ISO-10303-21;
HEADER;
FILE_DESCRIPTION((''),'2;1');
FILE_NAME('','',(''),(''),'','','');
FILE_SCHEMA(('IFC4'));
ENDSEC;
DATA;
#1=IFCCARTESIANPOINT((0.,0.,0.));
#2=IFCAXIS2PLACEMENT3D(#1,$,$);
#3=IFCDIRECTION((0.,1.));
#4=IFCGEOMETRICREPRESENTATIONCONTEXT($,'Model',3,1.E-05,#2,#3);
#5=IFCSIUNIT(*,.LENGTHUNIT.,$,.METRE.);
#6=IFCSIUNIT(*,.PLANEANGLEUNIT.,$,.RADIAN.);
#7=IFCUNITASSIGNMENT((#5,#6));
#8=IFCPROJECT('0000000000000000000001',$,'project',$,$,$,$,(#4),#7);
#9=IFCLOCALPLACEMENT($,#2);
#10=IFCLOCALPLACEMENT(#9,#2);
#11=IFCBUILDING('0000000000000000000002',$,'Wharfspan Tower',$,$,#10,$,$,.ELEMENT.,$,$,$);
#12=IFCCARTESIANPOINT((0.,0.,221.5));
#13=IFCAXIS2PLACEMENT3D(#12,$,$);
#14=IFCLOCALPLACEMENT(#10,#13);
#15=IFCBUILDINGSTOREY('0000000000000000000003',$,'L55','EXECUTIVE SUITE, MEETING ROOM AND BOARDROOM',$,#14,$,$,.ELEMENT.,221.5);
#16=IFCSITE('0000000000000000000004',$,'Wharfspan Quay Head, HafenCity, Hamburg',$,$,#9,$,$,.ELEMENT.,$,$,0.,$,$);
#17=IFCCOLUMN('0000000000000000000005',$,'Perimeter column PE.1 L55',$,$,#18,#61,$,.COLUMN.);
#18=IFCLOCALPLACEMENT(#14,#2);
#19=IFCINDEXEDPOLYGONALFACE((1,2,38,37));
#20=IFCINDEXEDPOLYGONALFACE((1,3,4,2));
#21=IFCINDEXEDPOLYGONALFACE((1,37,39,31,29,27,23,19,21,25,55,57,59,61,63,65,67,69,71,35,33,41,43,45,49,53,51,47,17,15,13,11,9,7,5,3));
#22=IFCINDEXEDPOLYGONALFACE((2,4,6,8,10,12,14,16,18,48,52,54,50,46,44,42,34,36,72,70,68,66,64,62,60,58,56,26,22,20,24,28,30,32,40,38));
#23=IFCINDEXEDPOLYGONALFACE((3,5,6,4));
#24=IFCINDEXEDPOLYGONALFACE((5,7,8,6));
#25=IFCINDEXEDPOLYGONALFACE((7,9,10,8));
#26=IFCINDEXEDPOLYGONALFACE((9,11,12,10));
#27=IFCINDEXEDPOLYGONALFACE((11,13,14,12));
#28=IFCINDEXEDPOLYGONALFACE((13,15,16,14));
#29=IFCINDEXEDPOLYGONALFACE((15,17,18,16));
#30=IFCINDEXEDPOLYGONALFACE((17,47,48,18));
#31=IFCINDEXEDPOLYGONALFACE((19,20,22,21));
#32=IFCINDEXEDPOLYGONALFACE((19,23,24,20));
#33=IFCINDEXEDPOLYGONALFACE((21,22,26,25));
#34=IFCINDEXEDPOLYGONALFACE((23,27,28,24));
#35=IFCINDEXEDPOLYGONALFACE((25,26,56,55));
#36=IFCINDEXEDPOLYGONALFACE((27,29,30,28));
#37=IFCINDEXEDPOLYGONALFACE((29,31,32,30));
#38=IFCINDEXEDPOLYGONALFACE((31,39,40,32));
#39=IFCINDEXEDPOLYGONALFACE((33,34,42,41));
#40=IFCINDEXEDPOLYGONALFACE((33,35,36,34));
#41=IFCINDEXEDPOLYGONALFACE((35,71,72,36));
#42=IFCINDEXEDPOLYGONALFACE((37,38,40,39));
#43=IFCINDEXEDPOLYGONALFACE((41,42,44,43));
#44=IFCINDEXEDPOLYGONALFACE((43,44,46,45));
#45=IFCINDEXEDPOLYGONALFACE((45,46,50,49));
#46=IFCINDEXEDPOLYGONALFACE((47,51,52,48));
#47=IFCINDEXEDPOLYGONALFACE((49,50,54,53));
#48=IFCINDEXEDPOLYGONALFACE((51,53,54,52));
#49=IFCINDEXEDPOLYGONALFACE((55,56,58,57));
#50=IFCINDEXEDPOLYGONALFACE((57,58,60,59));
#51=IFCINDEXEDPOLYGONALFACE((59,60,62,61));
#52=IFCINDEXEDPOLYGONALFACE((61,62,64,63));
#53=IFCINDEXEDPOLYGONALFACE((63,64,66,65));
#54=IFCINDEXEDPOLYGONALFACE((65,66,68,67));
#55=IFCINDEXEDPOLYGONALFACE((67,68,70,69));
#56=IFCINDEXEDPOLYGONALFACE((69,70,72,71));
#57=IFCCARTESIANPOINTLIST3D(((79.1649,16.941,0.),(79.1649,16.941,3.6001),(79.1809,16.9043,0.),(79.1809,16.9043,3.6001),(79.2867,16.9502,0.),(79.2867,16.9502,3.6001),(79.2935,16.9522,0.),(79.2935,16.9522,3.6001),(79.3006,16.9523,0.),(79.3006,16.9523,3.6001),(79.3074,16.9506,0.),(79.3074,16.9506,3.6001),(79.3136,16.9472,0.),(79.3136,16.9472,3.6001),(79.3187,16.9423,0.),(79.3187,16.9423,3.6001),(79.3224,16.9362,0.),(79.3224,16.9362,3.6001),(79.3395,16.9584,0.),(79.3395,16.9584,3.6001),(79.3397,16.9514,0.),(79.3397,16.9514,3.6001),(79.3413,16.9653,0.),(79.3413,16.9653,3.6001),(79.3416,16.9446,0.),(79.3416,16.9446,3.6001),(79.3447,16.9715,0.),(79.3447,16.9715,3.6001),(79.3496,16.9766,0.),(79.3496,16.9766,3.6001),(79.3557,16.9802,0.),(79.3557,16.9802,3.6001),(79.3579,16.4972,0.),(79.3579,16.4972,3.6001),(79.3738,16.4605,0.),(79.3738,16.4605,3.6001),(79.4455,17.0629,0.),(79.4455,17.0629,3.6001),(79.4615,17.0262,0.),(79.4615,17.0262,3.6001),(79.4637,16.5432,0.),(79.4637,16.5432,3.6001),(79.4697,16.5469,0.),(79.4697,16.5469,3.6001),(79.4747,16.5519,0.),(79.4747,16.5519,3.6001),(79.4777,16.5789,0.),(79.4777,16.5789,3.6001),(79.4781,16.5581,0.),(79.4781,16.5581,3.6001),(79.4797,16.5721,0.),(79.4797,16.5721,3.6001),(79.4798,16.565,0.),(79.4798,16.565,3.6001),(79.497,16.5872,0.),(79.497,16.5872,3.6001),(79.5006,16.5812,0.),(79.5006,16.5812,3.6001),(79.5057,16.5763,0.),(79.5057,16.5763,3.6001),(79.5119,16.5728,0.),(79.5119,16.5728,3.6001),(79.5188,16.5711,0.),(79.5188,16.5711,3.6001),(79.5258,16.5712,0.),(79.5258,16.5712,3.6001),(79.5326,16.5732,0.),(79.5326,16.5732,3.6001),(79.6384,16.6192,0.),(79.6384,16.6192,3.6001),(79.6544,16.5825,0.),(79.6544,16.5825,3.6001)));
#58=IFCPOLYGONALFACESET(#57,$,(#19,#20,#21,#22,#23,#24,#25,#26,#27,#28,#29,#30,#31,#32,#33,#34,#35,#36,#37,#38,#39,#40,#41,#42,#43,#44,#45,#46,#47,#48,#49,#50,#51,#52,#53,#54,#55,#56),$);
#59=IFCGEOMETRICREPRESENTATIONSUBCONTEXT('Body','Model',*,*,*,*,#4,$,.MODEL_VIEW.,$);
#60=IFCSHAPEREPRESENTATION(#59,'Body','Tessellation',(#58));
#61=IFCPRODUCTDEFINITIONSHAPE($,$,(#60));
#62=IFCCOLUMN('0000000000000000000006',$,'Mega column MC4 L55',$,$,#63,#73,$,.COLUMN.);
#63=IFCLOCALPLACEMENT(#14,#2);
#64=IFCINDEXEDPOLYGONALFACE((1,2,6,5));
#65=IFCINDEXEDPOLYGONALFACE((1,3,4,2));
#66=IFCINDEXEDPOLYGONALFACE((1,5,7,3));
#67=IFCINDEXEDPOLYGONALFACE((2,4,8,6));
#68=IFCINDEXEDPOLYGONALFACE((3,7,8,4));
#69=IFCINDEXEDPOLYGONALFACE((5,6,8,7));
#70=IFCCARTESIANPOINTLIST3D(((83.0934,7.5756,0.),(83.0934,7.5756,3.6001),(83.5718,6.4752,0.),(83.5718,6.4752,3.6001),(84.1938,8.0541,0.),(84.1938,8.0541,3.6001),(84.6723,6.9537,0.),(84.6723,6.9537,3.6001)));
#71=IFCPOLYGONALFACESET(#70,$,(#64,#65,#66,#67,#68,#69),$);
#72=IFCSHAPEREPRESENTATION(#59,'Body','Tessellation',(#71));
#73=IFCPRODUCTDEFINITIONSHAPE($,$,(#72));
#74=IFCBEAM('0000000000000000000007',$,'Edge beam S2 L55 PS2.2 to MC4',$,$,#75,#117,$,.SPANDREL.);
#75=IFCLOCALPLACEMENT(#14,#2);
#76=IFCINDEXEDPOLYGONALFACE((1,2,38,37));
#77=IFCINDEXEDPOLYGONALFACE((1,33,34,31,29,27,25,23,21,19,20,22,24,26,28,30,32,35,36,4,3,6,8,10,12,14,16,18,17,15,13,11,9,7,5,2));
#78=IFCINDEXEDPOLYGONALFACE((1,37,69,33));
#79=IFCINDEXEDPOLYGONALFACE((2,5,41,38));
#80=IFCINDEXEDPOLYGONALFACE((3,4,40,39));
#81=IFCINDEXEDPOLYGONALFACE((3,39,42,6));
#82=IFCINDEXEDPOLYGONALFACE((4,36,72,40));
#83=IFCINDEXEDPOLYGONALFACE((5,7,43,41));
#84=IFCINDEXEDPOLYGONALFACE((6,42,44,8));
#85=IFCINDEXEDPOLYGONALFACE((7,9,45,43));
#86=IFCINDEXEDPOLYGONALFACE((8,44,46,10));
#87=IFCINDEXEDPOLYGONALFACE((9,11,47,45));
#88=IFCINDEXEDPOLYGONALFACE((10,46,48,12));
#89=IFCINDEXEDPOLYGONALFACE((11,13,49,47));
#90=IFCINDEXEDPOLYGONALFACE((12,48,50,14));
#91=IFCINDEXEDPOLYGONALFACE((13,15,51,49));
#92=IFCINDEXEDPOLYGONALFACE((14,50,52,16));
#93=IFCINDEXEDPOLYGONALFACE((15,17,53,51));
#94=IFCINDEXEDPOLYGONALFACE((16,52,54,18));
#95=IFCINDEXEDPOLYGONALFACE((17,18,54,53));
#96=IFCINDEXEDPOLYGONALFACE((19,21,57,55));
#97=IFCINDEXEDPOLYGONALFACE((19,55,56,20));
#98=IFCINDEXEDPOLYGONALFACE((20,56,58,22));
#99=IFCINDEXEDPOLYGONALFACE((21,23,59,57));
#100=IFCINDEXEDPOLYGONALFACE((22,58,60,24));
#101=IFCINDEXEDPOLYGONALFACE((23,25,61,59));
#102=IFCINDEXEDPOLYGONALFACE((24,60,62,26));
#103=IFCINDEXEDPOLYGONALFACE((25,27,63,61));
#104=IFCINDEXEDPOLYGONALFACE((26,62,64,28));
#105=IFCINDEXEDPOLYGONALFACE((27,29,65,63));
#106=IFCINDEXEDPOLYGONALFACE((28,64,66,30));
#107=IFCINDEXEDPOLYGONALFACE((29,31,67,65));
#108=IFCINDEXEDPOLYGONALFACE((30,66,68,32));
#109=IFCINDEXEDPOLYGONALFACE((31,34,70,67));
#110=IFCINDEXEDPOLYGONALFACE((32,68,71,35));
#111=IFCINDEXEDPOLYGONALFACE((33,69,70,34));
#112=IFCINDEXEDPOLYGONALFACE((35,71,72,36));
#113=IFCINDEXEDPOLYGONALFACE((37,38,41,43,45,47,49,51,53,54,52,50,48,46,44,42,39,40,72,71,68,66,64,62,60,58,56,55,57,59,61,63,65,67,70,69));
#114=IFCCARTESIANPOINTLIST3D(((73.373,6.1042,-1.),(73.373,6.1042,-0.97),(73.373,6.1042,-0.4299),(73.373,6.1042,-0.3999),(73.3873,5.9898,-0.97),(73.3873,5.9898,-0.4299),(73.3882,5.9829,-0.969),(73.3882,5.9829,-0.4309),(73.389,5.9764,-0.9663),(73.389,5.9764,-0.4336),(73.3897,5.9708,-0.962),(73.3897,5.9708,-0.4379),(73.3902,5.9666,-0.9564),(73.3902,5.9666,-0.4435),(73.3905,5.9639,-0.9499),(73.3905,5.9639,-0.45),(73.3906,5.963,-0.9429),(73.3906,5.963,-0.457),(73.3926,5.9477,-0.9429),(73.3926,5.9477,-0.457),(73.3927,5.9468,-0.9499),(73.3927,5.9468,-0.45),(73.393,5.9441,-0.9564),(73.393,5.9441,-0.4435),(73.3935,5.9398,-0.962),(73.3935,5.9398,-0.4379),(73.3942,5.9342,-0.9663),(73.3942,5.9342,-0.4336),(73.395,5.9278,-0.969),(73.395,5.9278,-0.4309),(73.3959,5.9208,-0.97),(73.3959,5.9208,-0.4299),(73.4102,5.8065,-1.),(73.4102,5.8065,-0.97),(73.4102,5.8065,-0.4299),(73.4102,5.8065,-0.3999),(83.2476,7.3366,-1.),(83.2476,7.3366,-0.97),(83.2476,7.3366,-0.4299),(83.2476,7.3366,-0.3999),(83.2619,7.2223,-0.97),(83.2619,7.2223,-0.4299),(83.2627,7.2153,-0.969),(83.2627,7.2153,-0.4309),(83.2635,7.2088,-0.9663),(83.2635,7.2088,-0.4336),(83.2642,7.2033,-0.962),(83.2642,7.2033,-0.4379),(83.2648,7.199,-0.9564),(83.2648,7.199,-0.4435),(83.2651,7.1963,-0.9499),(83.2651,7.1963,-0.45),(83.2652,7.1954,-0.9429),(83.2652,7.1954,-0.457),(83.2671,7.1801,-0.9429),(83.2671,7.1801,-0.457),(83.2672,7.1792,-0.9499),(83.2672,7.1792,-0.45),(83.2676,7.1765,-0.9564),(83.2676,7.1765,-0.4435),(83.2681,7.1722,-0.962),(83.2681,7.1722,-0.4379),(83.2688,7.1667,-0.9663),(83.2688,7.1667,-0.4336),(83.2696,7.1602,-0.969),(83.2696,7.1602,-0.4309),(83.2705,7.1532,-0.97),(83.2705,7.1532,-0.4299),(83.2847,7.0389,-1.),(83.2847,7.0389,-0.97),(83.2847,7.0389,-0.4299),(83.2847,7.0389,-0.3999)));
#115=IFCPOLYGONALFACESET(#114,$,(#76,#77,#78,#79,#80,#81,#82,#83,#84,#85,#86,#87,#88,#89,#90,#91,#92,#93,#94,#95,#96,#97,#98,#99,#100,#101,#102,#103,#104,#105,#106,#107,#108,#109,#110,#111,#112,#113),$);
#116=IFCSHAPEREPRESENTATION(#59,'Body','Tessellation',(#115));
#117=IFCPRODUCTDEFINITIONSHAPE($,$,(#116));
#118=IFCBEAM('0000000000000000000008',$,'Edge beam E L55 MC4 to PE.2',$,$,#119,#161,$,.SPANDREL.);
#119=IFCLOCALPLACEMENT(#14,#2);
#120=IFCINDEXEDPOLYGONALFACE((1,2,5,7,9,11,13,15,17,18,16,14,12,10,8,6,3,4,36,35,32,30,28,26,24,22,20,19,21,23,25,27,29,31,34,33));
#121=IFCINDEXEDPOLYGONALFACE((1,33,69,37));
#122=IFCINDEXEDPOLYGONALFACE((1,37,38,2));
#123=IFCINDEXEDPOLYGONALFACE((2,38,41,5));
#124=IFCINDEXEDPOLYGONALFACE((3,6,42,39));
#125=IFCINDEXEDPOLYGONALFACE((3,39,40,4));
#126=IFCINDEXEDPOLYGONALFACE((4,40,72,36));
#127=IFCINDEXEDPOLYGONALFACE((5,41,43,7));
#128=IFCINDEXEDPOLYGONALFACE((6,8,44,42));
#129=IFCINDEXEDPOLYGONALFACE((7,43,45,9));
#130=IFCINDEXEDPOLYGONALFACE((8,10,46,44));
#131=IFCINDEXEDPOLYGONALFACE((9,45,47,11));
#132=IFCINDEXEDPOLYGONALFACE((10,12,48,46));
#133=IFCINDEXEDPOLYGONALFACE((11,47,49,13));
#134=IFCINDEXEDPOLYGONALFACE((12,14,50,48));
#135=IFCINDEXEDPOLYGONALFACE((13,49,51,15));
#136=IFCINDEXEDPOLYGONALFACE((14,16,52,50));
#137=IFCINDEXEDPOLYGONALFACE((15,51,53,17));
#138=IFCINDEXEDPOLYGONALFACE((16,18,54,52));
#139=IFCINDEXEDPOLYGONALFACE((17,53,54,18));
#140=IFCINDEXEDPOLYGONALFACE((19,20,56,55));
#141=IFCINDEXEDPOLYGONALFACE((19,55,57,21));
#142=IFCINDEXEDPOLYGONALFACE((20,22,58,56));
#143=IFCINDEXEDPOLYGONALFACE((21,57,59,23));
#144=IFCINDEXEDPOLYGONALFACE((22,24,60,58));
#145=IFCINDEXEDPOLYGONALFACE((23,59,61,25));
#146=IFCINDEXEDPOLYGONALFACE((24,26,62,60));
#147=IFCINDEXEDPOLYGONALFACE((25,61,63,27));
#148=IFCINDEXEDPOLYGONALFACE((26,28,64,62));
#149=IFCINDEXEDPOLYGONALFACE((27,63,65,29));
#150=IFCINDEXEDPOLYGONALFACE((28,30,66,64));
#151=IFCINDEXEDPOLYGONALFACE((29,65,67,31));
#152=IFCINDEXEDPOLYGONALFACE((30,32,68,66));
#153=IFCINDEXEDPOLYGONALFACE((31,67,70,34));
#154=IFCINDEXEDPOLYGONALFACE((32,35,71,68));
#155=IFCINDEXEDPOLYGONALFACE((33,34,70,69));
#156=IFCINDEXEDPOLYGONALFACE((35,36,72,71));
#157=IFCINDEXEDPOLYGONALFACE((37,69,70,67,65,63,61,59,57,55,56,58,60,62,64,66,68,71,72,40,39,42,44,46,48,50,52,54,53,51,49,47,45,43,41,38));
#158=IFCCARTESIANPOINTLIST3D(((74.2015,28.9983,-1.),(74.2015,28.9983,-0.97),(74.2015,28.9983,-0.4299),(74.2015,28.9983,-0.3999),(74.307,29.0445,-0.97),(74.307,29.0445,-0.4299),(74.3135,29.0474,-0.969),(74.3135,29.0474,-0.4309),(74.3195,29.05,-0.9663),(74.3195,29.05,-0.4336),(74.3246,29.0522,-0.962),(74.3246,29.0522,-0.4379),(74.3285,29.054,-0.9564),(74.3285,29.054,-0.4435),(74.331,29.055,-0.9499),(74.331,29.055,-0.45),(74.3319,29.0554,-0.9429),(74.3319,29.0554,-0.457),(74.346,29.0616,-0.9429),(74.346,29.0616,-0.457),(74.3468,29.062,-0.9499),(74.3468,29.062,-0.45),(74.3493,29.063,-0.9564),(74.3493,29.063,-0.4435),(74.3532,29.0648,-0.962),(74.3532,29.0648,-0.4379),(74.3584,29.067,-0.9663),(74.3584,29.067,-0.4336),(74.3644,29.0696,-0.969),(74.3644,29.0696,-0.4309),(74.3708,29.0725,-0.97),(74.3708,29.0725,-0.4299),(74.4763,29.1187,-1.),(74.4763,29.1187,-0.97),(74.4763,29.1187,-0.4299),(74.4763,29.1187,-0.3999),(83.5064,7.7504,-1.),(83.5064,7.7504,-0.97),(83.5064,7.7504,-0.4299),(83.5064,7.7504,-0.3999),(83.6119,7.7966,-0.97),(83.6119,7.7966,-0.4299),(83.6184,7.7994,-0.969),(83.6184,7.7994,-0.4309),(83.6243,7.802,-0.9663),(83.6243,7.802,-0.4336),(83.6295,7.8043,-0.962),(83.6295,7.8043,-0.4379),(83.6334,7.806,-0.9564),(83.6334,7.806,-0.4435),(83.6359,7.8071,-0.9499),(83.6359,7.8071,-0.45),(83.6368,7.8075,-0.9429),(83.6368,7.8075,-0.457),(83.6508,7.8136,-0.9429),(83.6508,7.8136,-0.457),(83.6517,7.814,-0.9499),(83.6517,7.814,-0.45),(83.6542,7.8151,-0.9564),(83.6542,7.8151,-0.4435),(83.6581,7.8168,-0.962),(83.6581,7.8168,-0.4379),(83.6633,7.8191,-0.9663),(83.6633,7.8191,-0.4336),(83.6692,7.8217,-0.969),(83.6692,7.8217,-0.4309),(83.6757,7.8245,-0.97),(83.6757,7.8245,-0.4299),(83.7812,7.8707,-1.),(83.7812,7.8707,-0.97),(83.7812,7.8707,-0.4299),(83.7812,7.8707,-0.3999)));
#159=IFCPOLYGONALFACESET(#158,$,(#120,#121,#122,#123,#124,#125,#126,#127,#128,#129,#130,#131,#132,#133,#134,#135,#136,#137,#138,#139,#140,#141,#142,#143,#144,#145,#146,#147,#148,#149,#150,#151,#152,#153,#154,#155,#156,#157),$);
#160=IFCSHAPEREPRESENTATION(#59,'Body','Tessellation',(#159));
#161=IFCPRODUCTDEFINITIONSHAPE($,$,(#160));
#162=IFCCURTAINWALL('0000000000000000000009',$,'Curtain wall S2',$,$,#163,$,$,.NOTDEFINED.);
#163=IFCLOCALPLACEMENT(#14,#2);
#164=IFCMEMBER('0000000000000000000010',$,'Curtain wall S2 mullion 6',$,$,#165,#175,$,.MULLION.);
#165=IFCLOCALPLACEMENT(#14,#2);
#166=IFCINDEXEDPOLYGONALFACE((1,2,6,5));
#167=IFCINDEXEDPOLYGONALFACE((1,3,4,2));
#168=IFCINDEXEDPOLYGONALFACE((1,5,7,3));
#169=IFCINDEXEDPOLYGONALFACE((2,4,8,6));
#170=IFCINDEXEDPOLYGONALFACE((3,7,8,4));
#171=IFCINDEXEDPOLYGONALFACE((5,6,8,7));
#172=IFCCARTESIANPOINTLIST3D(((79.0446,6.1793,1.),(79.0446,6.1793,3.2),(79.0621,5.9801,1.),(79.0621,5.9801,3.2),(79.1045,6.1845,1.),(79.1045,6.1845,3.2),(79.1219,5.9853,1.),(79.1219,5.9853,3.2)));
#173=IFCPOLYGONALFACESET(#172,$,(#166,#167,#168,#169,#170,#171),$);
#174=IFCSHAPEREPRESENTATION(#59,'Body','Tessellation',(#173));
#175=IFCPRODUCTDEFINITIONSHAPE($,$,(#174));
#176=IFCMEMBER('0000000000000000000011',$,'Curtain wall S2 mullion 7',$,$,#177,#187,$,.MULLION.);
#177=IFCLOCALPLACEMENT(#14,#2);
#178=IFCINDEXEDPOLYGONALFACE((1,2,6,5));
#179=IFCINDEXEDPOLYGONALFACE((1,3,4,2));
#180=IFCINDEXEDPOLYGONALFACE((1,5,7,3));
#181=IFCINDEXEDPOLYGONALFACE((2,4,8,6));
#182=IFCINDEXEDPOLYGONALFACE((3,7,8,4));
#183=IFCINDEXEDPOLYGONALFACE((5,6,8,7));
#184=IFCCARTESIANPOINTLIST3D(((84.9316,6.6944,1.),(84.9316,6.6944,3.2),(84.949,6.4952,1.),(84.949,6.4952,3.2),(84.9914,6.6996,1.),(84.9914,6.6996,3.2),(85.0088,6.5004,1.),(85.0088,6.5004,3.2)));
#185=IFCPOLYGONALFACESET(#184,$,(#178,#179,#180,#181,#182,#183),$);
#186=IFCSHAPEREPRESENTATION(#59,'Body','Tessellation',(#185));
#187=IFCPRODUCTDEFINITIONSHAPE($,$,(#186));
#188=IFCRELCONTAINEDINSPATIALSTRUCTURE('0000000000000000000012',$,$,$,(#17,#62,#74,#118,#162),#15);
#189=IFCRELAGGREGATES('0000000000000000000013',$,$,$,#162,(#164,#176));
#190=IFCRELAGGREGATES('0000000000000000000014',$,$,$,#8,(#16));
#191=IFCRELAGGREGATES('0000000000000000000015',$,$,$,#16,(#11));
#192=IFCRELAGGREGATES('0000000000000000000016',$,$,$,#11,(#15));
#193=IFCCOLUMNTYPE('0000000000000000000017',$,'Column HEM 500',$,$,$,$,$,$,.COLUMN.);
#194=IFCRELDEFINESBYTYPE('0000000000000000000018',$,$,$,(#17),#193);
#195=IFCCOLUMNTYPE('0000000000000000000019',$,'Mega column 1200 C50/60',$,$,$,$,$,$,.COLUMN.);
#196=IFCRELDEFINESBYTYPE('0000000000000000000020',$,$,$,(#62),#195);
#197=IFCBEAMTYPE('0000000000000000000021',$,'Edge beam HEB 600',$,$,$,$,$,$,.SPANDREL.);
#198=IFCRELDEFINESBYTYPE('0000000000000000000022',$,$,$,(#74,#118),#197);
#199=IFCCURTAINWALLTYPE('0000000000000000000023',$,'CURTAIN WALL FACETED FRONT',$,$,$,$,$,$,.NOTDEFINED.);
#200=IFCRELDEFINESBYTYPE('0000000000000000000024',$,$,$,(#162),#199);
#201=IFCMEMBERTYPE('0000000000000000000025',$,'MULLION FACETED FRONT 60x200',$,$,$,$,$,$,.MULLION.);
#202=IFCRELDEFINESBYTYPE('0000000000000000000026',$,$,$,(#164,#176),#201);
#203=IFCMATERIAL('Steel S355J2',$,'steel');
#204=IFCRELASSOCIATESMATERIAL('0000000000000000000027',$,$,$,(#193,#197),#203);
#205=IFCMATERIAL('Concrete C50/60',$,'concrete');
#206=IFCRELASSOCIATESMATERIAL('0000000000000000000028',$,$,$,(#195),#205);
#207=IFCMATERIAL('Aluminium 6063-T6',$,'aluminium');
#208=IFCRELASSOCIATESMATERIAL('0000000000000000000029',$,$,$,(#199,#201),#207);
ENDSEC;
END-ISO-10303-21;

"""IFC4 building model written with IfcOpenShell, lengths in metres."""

from ifc_helpers import new_model, si_unit, direction, frame, origin, origin_2d, place, context, subcontext, project, spatial, rectangle, i_section, extrude, material, material_profile, profile_set, type_object, element, aggregate, save


model = new_model("IFC4")

# Units and contexts
model_context = context("Model", 3, precision=1e-05, world=origin(), true_north=direction((0.0, 1.0)))
body_context = subcontext(model_context, "Body", "Model", "MODEL_VIEW")
ifc_project = project(units=[si_unit("LENGTHUNIT", "METRE"), si_unit("PLANEANGLEUNIT", "RADIAN")], contexts=[model_context])

# Site, building, storey
site_placement = place(None, origin())
site = spatial("IfcSite", under=ifc_project, at=site_placement, Name="Wharfspan Quay Head, HafenCity, Hamburg", CompositionType="ELEMENT", RefElevation=0.0)
building_placement = place(site_placement, origin())
building = spatial("IfcBuilding", under=site, at=building_placement, Name="Wharfspan Tower", CompositionType="ELEMENT")
storey_placement = place(building_placement, frame((0.0, 0.0, 221.5)))
storey = spatial("IfcBuildingStorey", under=building, at=storey_placement, Name="L55", Description="EXECUTIVE SUITE, MEETING ROOM AND BOARDROOM", CompositionType="ELEMENT", Elevation=221.5)

# Columns
ifc_material_1 = material(Name="Steel S355J2", Category="steel")
ifc_material_profile_1 = material_profile(ifc_material_1, i_section(OverallWidth=0.3059, OverallDepth=0.5239, WebThickness=0.021, FlangeThickness=0.04, FilletRadius=0.0271, at=origin_2d()))
ifc_profile_set_1 = profile_set([ifc_material_profile_1], Name="Steel S355J2")
column_type_1 = type_object("IfcColumnType", Name="Column HEM 500", PredefinedType="COLUMN", material=ifc_profile_set_1)
column_1_placement = place(storey_placement, frame((79.4097, 16.7617, 0.0), z_axis=(0.0, 0.0, 1.0), x_axis=(0.917072, 0.398727, 0.0)))
element("IfcColumn", 1, at=column_1_placement, inside=storey, type_object=column_type_1, Name="Perimeter column PE.1 L55", PredefinedType="COLUMN", context=body_context, shape_type="SweptSolid", body=[
    extrude(i_section(OverallWidth=0.3059, OverallDepth=0.5239, WebThickness=0.021, FlangeThickness=0.04, FilletRadius=0.0271, at=origin_2d()), origin(), (0.0, 0.0, 1.0), 3.6001),
])
ifc_material_2 = material(Name="Concrete C50/60", Category="concrete")
ifc_material_profile_2 = material_profile(ifc_material_2, rectangle(XDim=1.2, YDim=1.2, at=origin_2d()))
ifc_profile_set_2 = profile_set([ifc_material_profile_2], Name="Concrete C50/60")
column_type_2 = type_object("IfcColumnType", Name="Mega column 1200 C50/60", PredefinedType="COLUMN", material=ifc_profile_set_2)
column_2_placement = place(storey_placement, frame((83.8828, 7.2646, 0.0), z_axis=(0.0, 0.0, 1.0), x_axis=(-0.398727, 0.917072, 0.0)))
element("IfcColumn", 2, at=column_2_placement, inside=storey, type_object=column_type_2, Name="Mega column MC4 L55", PredefinedType="COLUMN", context=body_context, shape_type="SweptSolid", body=[
    extrude(rectangle(XDim=1.2, YDim=1.2, at=origin_2d()), origin(), (0.0, 0.0, 1.0), 3.6001),
])

# Beams
ifc_material_profile_3 = material_profile(ifc_material_1, i_section(OverallWidth=0.3, OverallDepth=0.6001, WebThickness=0.0154, FlangeThickness=0.03, FilletRadius=0.0271, at=origin_2d()))
ifc_profile_set_3 = profile_set([ifc_material_profile_3], Name="Steel S355J2")
beam_type = type_object("IfcBeamType", Name="Edge beam HEB 600", PredefinedType="SPANDREL", material=ifc_profile_set_3)
beam_1_placement = place(storey_placement, frame((73.3916, 5.9553, -0.7), z_axis=(0.992301, 0.123848, 0.0), x_axis=(-0.123848, 0.992301, 0.0)))
element("IfcBeam", 3, at=beam_1_placement, inside=storey, type_object=beam_type, Name="Edge beam S2 L55 PS2.2 to MC4", PredefinedType="SPANDREL", context=body_context, shape_type="SweptSolid", body=[
    extrude(i_section(OverallWidth=0.3, OverallDepth=0.6001, WebThickness=0.0154, FlangeThickness=0.03, FilletRadius=0.0271, at=origin_2d()), origin(), (0.0, 0.0, 1.0), 9.9512),
])
beam_2_placement = place(storey_placement, frame((83.6438, 7.8105, -0.7), z_axis=(-0.401141, 0.916016, 0.0), x_axis=(-0.916016, -0.401141, 0.0)))
element("IfcBeam", 4, at=beam_2_placement, inside=storey, type_object=beam_type, Name="Edge beam E L55 MC4 to PE.2", PredefinedType="SPANDREL", context=body_context, shape_type="SweptSolid", body=[
    extrude(i_section(OverallWidth=0.3, OverallDepth=0.6001, WebThickness=0.0154, FlangeThickness=0.03, FilletRadius=0.0271, at=origin_2d()), origin(), (0.0, 0.0, 1.0), 23.196),
])

# Curtain wall, members
ifc_material_3 = material(Name="Aluminium 6063-T6", Category="aluminium")
curtain_wall_type_1 = type_object("IfcCurtainWallType", Name="CURTAIN WALL FACETED FRONT", PredefinedType="NOTDEFINED", material=ifc_material_3)
curtain_wall_1_placement = place(storey_placement, origin())
curtain_wall_1 = element("IfcCurtainWall", 5, at=curtain_wall_1_placement, inside=storey, type_object=curtain_wall_type_1, Name="Curtain wall S2", PredefinedType="NOTDEFINED")
ifc_material_profile_4 = material_profile(ifc_material_3, rectangle(XDim=0.2, YDim=0.0601, at=origin_2d()))
ifc_profile_set_4 = profile_set([ifc_material_profile_4], Name="Aluminium 6063-T6")
member_type_1 = type_object("IfcMemberType", Name="MULLION FACETED FRONT 60x200", PredefinedType="MULLION", material=ifc_profile_set_4)
member_1_placement = place(storey_placement, frame((79.0833, 6.0823, 1.0), z_axis=(0.0, 0.0, 1.0), x_axis=(-0.087156, 0.996197, 0.0)))
member_1 = element("IfcMember", 6, at=member_1_placement, type_object=member_type_1, Name="Curtain wall S2 mullion 6", PredefinedType="MULLION", context=body_context, shape_type="SweptSolid", body=[
    extrude(rectangle(XDim=0.2, YDim=0.0601, at=origin_2d()), origin(), (0.0, 0.0, 1.0), 2.2),
])
member_2_placement = place(storey_placement, frame((84.9702, 6.5974, 1.0), z_axis=(0.0, 0.0, 1.0), x_axis=(-0.087156, 0.996197, 0.0)))
member_2 = element("IfcMember", 7, at=member_2_placement, type_object=member_type_1, Name="Curtain wall S2 mullion 7", PredefinedType="MULLION", context=body_context, shape_type="SweptSolid", body=[
    extrude(rectangle(XDim=0.2, YDim=0.0601, at=origin_2d()), origin(), (0.0, 0.0, 1.0), 2.2),
])

aggregate(curtain_wall_1, [member_1, member_2])

save(model, "model.ifc")
